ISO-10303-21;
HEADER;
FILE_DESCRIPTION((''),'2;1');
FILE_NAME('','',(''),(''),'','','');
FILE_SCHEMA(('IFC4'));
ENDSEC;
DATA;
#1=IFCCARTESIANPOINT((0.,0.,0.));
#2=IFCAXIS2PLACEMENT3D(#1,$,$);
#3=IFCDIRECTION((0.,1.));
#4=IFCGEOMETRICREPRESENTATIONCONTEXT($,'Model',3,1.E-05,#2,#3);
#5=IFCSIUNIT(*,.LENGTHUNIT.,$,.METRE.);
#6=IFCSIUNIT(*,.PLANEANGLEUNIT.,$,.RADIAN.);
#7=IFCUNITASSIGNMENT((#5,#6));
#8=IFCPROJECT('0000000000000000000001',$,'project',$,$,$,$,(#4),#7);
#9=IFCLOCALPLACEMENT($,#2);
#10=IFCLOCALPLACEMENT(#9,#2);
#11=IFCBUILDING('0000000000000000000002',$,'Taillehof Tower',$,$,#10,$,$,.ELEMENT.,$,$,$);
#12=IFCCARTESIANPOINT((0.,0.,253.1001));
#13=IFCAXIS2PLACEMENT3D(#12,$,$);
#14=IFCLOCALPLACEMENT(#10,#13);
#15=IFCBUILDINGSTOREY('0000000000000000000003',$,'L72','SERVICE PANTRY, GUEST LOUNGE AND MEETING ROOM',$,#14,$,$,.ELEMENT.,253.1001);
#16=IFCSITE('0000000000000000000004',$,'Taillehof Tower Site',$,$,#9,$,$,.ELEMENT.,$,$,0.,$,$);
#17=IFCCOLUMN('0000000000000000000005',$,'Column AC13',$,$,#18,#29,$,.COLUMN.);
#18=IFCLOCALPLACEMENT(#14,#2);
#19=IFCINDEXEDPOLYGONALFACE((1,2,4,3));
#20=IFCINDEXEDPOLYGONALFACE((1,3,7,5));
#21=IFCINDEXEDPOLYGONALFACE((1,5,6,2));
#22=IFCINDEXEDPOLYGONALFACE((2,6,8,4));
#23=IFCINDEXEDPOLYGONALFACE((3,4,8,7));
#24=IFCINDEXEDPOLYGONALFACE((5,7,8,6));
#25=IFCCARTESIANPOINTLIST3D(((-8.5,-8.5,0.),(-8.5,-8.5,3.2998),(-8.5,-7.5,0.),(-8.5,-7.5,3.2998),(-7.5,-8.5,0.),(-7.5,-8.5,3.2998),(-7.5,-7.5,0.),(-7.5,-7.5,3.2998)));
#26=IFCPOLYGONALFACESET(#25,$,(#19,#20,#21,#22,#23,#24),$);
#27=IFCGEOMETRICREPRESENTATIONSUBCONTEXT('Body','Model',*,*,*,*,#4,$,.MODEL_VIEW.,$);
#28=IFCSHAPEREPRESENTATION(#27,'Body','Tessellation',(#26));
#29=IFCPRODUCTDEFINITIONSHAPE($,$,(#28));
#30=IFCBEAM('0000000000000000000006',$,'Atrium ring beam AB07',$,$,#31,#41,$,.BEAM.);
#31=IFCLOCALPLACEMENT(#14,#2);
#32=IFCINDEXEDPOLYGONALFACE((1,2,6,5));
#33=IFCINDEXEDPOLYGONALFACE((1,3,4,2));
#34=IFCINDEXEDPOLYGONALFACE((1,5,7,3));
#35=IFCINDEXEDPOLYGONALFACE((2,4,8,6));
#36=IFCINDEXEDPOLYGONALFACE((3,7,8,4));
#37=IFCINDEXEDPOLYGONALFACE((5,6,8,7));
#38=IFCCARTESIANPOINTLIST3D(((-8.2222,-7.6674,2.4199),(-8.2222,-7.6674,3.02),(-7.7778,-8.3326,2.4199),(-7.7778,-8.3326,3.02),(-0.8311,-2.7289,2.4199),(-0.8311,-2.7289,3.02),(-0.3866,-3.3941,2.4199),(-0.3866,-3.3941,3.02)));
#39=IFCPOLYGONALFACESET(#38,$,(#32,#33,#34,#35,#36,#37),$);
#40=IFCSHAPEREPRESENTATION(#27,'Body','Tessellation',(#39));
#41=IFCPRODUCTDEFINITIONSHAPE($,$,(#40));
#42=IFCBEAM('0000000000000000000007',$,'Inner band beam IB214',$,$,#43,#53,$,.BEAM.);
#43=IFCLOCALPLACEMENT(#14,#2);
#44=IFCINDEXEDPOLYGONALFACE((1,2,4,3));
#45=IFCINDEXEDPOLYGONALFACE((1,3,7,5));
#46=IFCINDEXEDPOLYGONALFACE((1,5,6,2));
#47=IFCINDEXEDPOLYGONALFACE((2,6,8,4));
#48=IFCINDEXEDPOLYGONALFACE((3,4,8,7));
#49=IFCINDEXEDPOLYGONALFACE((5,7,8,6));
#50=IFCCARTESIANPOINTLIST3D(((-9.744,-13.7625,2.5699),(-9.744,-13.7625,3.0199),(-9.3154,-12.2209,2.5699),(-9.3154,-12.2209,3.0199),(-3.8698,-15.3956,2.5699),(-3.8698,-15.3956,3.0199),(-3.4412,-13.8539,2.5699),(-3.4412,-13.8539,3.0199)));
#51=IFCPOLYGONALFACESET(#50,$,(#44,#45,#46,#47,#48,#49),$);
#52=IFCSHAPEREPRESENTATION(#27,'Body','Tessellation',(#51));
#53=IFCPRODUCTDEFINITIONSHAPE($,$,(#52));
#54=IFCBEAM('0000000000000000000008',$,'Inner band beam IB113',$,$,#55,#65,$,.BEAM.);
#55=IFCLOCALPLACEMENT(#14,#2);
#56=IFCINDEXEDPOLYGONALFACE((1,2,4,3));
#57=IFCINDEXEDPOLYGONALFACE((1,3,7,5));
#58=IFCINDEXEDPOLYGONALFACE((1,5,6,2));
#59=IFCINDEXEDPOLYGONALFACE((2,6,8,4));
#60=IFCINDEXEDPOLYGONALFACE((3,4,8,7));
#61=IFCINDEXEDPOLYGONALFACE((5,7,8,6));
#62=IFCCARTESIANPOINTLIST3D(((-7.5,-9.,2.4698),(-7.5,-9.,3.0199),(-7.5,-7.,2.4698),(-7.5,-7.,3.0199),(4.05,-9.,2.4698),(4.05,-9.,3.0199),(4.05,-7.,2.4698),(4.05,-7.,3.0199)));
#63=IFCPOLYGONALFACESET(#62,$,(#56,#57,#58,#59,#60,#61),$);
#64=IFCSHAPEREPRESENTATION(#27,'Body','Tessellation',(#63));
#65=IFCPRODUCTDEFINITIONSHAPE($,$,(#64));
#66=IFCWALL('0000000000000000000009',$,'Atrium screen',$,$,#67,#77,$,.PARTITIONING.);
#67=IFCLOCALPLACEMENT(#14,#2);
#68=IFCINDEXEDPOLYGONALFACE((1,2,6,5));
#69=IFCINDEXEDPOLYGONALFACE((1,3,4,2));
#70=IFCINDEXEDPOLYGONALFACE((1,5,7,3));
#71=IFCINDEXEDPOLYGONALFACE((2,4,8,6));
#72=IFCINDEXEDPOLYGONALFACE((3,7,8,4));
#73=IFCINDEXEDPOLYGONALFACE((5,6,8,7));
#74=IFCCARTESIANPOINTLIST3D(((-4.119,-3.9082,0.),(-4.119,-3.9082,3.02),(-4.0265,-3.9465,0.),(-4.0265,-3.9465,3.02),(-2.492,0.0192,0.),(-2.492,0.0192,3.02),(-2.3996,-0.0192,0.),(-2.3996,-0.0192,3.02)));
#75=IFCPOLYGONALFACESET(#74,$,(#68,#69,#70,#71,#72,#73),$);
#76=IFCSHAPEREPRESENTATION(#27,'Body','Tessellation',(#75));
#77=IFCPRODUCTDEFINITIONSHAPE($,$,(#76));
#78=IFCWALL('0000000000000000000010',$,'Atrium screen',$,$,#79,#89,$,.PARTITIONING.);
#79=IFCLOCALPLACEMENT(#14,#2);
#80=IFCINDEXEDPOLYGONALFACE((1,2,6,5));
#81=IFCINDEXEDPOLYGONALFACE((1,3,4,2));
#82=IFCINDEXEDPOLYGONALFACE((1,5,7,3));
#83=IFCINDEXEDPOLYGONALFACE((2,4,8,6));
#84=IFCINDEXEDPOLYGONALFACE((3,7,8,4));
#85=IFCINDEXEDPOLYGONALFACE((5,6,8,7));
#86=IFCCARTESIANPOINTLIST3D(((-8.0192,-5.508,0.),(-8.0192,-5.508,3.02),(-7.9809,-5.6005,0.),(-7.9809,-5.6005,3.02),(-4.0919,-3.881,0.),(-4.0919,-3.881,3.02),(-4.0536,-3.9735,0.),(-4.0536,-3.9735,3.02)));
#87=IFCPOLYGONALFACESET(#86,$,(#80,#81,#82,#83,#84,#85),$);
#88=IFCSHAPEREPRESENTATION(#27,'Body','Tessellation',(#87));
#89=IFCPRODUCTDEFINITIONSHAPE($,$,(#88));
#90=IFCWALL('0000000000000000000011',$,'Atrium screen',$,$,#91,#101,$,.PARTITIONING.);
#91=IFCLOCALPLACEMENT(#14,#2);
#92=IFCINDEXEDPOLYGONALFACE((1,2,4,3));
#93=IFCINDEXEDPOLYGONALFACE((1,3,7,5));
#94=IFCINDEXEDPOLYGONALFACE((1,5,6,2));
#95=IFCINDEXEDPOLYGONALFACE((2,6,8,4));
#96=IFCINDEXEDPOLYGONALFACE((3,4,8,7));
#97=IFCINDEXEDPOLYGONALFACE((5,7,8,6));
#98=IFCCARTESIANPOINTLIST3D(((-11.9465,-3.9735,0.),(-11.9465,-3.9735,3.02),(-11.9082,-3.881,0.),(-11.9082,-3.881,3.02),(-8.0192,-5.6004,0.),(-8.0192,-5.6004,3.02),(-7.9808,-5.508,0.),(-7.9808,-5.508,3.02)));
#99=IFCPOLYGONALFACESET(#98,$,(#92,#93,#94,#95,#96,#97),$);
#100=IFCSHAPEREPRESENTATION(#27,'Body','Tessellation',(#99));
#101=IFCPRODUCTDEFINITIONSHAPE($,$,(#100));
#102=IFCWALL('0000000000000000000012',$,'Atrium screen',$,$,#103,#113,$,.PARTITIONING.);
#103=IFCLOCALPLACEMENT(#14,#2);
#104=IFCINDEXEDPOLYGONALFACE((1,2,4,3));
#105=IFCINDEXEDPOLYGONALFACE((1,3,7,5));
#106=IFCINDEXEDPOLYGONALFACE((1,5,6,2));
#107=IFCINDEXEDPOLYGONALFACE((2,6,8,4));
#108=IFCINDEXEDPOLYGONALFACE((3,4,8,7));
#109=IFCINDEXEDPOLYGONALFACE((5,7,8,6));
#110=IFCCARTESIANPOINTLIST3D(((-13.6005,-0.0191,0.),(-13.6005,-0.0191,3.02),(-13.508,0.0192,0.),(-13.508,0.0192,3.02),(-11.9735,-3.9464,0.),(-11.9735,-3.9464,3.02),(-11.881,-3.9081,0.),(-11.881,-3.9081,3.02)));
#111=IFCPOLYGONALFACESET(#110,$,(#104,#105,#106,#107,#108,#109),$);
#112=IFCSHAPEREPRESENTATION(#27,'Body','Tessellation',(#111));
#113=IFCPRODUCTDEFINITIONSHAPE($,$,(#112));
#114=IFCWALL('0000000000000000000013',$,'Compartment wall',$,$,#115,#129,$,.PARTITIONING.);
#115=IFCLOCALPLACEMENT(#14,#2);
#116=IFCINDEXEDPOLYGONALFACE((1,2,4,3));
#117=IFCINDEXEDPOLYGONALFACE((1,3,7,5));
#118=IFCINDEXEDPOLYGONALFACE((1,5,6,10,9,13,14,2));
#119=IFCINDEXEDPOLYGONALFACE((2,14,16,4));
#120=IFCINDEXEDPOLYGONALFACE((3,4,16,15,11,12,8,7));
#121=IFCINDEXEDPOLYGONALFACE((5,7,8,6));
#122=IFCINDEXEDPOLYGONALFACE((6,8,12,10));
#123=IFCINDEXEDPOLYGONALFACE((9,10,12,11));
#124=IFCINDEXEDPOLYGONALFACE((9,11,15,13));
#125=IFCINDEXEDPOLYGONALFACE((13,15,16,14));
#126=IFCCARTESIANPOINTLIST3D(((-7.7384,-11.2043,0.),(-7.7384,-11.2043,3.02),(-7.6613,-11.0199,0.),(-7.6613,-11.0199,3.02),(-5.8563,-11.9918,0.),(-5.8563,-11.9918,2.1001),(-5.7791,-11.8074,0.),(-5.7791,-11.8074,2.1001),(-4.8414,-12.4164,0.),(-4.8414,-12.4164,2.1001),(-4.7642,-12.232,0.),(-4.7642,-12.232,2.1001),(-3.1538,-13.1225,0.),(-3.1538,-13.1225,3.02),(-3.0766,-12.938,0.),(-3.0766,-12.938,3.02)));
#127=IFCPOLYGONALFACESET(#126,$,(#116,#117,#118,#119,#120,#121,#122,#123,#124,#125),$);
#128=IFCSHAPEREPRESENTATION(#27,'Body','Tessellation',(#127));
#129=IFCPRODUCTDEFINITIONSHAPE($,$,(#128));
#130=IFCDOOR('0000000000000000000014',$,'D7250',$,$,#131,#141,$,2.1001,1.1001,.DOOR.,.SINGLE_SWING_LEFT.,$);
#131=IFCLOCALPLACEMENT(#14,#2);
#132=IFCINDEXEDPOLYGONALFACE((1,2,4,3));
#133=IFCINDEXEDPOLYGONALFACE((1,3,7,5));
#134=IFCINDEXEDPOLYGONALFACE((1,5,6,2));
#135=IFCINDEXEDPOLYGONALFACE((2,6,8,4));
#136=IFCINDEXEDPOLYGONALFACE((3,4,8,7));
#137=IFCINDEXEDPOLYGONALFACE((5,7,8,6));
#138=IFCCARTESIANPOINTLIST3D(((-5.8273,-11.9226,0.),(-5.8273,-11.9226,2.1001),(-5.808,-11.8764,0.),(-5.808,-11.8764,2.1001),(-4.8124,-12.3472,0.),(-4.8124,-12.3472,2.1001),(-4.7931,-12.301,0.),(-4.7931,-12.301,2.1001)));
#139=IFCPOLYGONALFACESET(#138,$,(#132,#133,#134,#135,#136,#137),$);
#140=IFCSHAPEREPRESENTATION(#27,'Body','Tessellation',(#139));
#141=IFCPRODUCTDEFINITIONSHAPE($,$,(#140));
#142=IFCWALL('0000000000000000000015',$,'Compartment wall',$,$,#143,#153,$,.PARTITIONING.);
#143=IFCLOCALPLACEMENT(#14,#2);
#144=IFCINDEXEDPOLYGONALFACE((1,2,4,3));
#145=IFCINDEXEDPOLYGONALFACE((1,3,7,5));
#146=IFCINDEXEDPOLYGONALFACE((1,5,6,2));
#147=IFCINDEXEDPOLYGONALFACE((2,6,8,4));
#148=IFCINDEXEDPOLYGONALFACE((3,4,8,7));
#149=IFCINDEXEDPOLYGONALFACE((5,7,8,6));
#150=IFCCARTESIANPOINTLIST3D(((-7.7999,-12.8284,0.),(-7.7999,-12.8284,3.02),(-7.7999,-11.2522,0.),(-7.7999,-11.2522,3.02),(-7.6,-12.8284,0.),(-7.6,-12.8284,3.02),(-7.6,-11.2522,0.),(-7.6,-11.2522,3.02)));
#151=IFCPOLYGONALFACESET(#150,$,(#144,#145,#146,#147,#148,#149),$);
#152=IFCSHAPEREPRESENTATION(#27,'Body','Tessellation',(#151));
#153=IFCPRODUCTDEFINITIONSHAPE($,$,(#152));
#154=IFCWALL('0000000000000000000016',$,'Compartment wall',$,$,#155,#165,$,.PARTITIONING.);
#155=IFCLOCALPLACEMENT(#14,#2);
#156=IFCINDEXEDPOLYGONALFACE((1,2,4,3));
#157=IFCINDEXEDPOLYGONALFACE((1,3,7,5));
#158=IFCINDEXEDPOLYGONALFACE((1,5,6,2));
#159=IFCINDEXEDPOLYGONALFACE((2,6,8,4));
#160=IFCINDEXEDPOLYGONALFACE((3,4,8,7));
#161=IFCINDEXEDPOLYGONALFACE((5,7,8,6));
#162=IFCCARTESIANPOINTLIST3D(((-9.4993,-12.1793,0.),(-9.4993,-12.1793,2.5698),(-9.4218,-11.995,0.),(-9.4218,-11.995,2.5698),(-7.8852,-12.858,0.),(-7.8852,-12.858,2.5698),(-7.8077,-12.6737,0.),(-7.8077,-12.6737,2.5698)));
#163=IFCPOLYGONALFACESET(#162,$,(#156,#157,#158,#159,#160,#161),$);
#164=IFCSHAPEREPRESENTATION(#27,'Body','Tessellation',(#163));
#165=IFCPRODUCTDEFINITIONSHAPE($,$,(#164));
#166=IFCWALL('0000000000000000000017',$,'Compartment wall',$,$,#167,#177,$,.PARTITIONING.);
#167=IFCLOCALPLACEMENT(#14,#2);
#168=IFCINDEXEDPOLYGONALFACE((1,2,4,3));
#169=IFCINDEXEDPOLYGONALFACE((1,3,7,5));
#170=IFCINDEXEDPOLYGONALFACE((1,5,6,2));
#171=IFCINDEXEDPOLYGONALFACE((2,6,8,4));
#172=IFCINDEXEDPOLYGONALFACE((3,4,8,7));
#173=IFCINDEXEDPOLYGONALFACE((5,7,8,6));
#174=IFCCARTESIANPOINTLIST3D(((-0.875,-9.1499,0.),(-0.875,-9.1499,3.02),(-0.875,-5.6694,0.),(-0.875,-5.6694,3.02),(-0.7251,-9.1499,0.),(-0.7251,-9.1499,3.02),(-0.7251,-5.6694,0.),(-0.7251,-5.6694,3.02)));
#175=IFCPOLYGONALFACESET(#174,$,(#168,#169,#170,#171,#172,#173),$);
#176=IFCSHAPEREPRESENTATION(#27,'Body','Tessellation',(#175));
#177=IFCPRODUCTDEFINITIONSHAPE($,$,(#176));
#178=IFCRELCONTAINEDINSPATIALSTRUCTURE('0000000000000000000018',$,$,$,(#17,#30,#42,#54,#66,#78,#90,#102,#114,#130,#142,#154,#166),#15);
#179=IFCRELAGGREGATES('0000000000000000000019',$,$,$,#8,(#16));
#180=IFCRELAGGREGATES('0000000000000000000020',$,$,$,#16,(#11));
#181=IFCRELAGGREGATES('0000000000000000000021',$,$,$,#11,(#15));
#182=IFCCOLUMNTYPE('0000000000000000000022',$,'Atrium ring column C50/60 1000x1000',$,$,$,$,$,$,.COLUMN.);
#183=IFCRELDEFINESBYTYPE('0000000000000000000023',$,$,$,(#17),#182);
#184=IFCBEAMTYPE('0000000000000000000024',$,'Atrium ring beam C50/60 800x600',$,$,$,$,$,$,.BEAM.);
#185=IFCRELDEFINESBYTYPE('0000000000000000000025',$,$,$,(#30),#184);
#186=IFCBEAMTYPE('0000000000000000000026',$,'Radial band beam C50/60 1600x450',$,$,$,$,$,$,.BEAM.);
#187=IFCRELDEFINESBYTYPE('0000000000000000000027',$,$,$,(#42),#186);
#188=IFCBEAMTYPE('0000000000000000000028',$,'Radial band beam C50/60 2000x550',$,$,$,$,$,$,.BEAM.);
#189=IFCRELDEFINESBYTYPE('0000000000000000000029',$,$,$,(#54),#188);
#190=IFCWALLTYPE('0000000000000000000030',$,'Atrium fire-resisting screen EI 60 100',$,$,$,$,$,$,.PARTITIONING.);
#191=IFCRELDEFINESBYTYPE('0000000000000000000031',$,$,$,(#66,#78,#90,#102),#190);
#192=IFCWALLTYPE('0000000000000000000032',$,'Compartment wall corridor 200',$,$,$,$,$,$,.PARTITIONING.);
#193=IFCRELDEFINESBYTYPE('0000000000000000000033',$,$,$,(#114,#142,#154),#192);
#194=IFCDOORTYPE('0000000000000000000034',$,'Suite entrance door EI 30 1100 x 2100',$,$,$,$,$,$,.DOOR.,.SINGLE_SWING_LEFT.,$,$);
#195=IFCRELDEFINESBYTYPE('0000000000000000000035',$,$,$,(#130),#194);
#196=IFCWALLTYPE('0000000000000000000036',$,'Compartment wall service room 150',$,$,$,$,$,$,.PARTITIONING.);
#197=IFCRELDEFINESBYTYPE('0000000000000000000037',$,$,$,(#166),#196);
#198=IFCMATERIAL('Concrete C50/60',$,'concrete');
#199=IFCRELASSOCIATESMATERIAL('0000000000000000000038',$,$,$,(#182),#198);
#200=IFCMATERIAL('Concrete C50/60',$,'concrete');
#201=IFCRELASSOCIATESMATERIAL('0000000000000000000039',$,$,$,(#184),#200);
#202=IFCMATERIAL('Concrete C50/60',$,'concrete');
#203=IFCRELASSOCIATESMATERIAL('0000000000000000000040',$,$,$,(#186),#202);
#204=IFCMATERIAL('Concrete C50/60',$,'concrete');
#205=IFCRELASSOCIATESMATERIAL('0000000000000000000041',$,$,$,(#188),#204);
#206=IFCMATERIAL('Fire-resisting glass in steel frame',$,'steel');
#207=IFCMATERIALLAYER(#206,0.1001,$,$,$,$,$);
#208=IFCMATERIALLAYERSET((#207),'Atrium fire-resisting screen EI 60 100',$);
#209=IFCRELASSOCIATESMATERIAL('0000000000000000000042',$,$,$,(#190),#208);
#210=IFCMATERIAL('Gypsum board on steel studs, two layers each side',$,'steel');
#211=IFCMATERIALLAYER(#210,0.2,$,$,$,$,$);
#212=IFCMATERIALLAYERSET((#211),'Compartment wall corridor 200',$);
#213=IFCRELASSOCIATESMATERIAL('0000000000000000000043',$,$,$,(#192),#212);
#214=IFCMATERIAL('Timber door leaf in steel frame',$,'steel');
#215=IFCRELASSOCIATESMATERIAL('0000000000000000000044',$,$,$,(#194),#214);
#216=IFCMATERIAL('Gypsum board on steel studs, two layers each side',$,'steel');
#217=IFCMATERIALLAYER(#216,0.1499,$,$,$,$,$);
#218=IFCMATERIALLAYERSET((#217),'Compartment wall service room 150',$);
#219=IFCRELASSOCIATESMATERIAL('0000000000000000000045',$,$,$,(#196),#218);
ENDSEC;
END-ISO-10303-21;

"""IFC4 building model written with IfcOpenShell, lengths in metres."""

from ifc_helpers import new_model, si_unit, direction, frame, frame_2d, origin, origin_2d, place, context, subcontext, project, spatial, rectangle, extrude, material, layer, layer_set, material_profile, profile_set, type_object, element, fill, save


model = new_model("IFC4")

# Units and contexts
model_context = context("Model", 3, precision=1e-05, world=origin(), true_north=direction((0.0, 1.0)))
body_context = subcontext(model_context, "Body", "Model", "MODEL_VIEW")
ifc_project = project(units=[si_unit("LENGTHUNIT", "METRE"), si_unit("PLANEANGLEUNIT", "RADIAN")], contexts=[model_context])

# Site, building, storey
site_placement = place(None, origin())
site = spatial("IfcSite", under=ifc_project, at=site_placement, Name="Taillehof Tower Site", CompositionType="ELEMENT", RefElevation=0.0)
building_placement = place(site_placement, origin())
building = spatial("IfcBuilding", under=site, at=building_placement, Name="Taillehof Tower", CompositionType="ELEMENT")
storey_placement = place(building_placement, frame((0.0, 0.0, 253.1001)))
storey = spatial("IfcBuildingStorey", under=building, at=storey_placement, Name="L72", Description="SERVICE PANTRY, GUEST LOUNGE AND MEETING ROOM", CompositionType="ELEMENT", Elevation=253.1001)

# Column
ifc_material_1 = material(Name="Concrete C50/60", Category="concrete")
ifc_material_profile_1 = material_profile(ifc_material_1, rectangle(XDim=1.0, YDim=1.0, at=origin_2d()), Name="RC 1000x1000")
ifc_profile_set_1 = profile_set([ifc_material_profile_1], Name="Concrete C50/60")
column_type = type_object("IfcColumnType", Name="Atrium ring column C50/60 1000x1000", PredefinedType="COLUMN", material=ifc_profile_set_1)
column_placement = place(storey_placement, frame((-8.0, -8.0, 0.0), z_axis=(0.0, 0.0, 1.0), x_axis=(1.0, 0.0, 0.0)))
element("IfcColumn", 1, at=column_placement, inside=storey, type_object=column_type, Name="Column AC13", PredefinedType="COLUMN", context=body_context, shape_type="SweptSolid", body=[
    extrude(rectangle(XDim=1.0, YDim=1.0, at=origin_2d()), origin(), (0.0, 0.0, 1.0), 3.2998),
])

# Beams
ifc_material_2 = material(Name="Concrete C50/60", Category="concrete")
ifc_material_profile_2 = material_profile(ifc_material_2, rectangle(XDim=0.8, YDim=0.6001, at=origin_2d()), Name="RC 800x600")
ifc_profile_set_2 = profile_set([ifc_material_profile_2], Name="Concrete C50/60")
beam_type_1 = type_object("IfcBeamType", Name="Atrium ring beam C50/60 800x600", PredefinedType="BEAM", material=ifc_profile_set_2)
beam_1_placement = place(storey_placement, frame((-8.0, -8.0, 2.72), z_axis=(0.831475, 0.555562, 0.0), x_axis=(-0.555562, 0.831475, 0.0)))
element("IfcBeam", 2, at=beam_1_placement, inside=storey, type_object=beam_type_1, Name="Atrium ring beam AB07", PredefinedType="BEAM", context=body_context, shape_type="SweptSolid", body=[
    extrude(rectangle(XDim=0.8, YDim=0.6001, at=origin_2d()), origin(), (0.0, 0.0, 1.0), 8.8892),
])
ifc_material_3 = material(Name="Concrete C50/60", Category="concrete")
ifc_material_profile_3 = material_profile(ifc_material_3, rectangle(XDim=1.6001, YDim=0.45, at=origin_2d()), Name="RC 1600x450")
ifc_profile_set_3 = profile_set([ifc_material_profile_3], Name="Concrete C50/60")
beam_type_2 = type_object("IfcBeamType", Name="Radial band beam C50/60 1600x450", PredefinedType="BEAM", material=ifc_profile_set_3)
beam_2_placement = place(storey_placement, frame((-3.6555, -14.6248, 2.7949), z_axis=(-0.963459, 0.267855, 0.0), x_axis=(-0.267855, -0.963459, 0.0)))
element("IfcBeam", 3, at=beam_2_placement, inside=storey, type_object=beam_type_2, Name="Inner band beam IB214", PredefinedType="BEAM", context=body_context, shape_type="SweptSolid", body=[
    extrude(rectangle(XDim=1.6001, YDim=0.45, at=origin_2d()), origin(), (0.0, 0.0, 1.0), 6.0969),
])
ifc_material_4 = material(Name="Concrete C50/60", Category="concrete")
ifc_material_profile_4 = material_profile(ifc_material_4, rectangle(XDim=2.0, YDim=0.55, at=origin_2d()), Name="RC 2000x550")
ifc_profile_set_4 = profile_set([ifc_material_profile_4], Name="Concrete C50/60")
beam_type_3 = type_object("IfcBeamType", Name="Radial band beam C50/60 2000x550", PredefinedType="BEAM", material=ifc_profile_set_4)
beam_3_placement = place(storey_placement, frame((-7.5, -8.0, 2.7449), z_axis=(1.0, 0.0, 0.0), x_axis=(0.0, 1.0, 0.0)))
element("IfcBeam", 4, at=beam_3_placement, inside=storey, type_object=beam_type_3, Name="Inner band beam IB113", PredefinedType="BEAM", context=body_context, shape_type="SweptSolid", body=[
    extrude(rectangle(XDim=2.0, YDim=0.55, at=origin_2d()), origin(), (0.0, 0.0, 1.0), 11.55),
])

# Walls
ifc_material_5 = material(Name="Fire-resisting glass in steel frame", Category="steel")
ifc_layer_1 = layer(ifc_material_5, 0.1001)
ifc_layer_set_1 = layer_set([ifc_layer_1], Name="Atrium fire-resisting screen EI 60 100")
wall_type_1 = type_object("IfcWallType", Name="Atrium fire-resisting screen EI 60 100", PredefinedType="PARTITIONING", material=ifc_layer_set_1)
for number, where, z_axis, x_axis, name in (
    (5, (-2.4458, 0.0, 0.0), (0.0, 0.0, 1.0), (-0.382731, -0.92386, 0.0), "Atrium screen"),
    (6, (-4.0728, -3.9272, 0.0), (0.0, 0.0, 1.0), (-0.92386, -0.382731, 0.0), "Atrium screen"),
    (7, (-8.0, -5.5542, 0.0), (0.0, 0.0, 1.0), (-0.92386, 0.382731, 0.0), "Atrium screen"),
    (8, (-11.9272, -3.9272, 0.0), (0.0, 0.0, 1.0), (-0.382731, 0.92386, 0.0), "Atrium screen"),
):
    element("IfcWall", number, at=place(storey_placement, frame(where, z_axis=z_axis, x_axis=x_axis)), inside=storey, type_object=wall_type_1, Name=name, PredefinedType="PARTITIONING", context=body_context, shape_type="SweptSolid", body=[
        extrude(rectangle(XDim=4.251, YDim=0.1001, at=frame_2d((2.1255, 0.0))), origin(), (0.0, 0.0, 1.0), 3.02),
    ])

# Wall, opening, door
ifc_material_6 = material(Name="Gypsum board on steel studs, two layers each side", Category="steel")
ifc_layer_2 = layer(ifc_material_6, 0.2)
ifc_layer_set_2 = layer_set([ifc_layer_2], Name="Compartment wall corridor 200")
wall_type_2 = type_object("IfcWallType", Name="Compartment wall corridor 200", PredefinedType="PARTITIONING", material=ifc_layer_set_2)
wall_1_placement = place(storey_placement, frame((-3.1152, -13.0303, 0.0), z_axis=(0.0, 0.0, 1.0), x_axis=(-0.922511, 0.385972, 0.0)))
wall_1 = element("IfcWall", 9, at=wall_1_placement, inside=storey, type_object=wall_type_2, Name="Compartment wall", PredefinedType="PARTITIONING", context=body_context, shape_type="SweptSolid", body=[
    extrude(rectangle(XDim=4.9697, YDim=0.2, at=frame_2d((2.4849, 0.0))), origin(), (0.0, 0.0, 1.0), 3.02),
])
opening_1_placement = place(wall_1_placement, frame((1.8293, 0.0, 0.0)))
opening_1 = element("IfcOpeningElement", 10, at=opening_1_placement, cuts=wall_1, PredefinedType="OPENING", context=body_context, shape_type="SweptSolid", body=[
    extrude(rectangle(XDim=1.1001, YDim=2.1001, at=frame_2d((0.55, 1.05))), frame((0.0, 0.1099, 0.0), z_axis=(0.0, -1.0, 0.0), x_axis=(1.0, 0.0, 0.0)), (0.0, 0.0, 1.0), 0.22),
])
ifc_material_7 = material(Name="Timber door leaf in steel frame", Category="steel")
door_type_1 = type_object("IfcDoorType", Name="Suite entrance door EI 30 1100 x 2100", OperationType="SINGLE_SWING_LEFT", PredefinedType="DOOR", material=ifc_material_7)
door_1_placement = place(opening_1_placement, origin())
door_1 = element("IfcDoor", 11, at=door_1_placement, inside=storey, type_object=door_type_1, Name="D7250", OperationType="SINGLE_SWING_LEFT", OverallHeight=2.1001, OverallWidth=1.1001, PredefinedType="DOOR", context=body_context, shape_type="SweptSolid", body=[
    extrude(rectangle(XDim=1.1001, YDim=2.1001, at=frame_2d((0.55, 1.05))), frame((0.0, 0.0249, 0.0), z_axis=(0.0, -1.0, 0.0), x_axis=(1.0, 0.0, 0.0)), (0.0, 0.0, 1.0), 0.05),
])
fill(opening_1, door_1)

# Walls
wall_2_placement = place(storey_placement, frame((-7.7, -11.2522, 0.0), z_axis=(0.0, 0.0, 1.0), x_axis=(0.0, -1.0, 0.0)))
element("IfcWall", 12, at=wall_2_placement, inside=storey, type_object=wall_type_2, Name="Compartment wall", PredefinedType="PARTITIONING", context=body_context, shape_type="SweptSolid", body=[
    extrude(rectangle(XDim=1.5762, YDim=0.2, at=frame_2d((0.7881, 0.0))), origin(), (0.0, 0.0, 1.0), 3.02),
])
wall_3_placement = place(storey_placement, frame((-7.8464, -12.7659, 0.0), z_axis=(0.0, 0.0, 1.0), x_axis=(-0.921814, 0.387633, 0.0)))
element("IfcWall", 13, at=wall_3_placement, inside=storey, type_object=wall_type_2, Name="Compartment wall", PredefinedType="PARTITIONING", context=body_context, shape_type="SweptSolid", body=[
    extrude(rectangle(XDim=1.751, YDim=0.2, at=frame_2d((0.8755, 0.0))), origin(), (0.0, 0.0, 1.0), 2.5698),
])
ifc_material_8 = material(Name="Gypsum board on steel studs, two layers each side", Category="steel")
ifc_layer_3 = layer(ifc_material_8, 0.1499)
ifc_layer_set_3 = layer_set([ifc_layer_3], Name="Compartment wall service room 150")
wall_type_3 = type_object("IfcWallType", Name="Compartment wall service room 150", PredefinedType="PARTITIONING", material=ifc_layer_set_3)
wall_4_placement = place(storey_placement, frame((-0.8, -5.6694, 0.0), z_axis=(0.0, 0.0, 1.0), x_axis=(0.0, -1.0, 0.0)))
element("IfcWall", 14, at=wall_4_placement, inside=storey, type_object=wall_type_3, Name="Compartment wall", PredefinedType="PARTITIONING", context=body_context, shape_type="SweptSolid", body=[
    extrude(rectangle(XDim=3.4805, YDim=0.1499, at=frame_2d((1.7402, 0.0))), origin(), (0.0, 0.0, 1.0), 3.02),
])

save(model, "model.ifc")
